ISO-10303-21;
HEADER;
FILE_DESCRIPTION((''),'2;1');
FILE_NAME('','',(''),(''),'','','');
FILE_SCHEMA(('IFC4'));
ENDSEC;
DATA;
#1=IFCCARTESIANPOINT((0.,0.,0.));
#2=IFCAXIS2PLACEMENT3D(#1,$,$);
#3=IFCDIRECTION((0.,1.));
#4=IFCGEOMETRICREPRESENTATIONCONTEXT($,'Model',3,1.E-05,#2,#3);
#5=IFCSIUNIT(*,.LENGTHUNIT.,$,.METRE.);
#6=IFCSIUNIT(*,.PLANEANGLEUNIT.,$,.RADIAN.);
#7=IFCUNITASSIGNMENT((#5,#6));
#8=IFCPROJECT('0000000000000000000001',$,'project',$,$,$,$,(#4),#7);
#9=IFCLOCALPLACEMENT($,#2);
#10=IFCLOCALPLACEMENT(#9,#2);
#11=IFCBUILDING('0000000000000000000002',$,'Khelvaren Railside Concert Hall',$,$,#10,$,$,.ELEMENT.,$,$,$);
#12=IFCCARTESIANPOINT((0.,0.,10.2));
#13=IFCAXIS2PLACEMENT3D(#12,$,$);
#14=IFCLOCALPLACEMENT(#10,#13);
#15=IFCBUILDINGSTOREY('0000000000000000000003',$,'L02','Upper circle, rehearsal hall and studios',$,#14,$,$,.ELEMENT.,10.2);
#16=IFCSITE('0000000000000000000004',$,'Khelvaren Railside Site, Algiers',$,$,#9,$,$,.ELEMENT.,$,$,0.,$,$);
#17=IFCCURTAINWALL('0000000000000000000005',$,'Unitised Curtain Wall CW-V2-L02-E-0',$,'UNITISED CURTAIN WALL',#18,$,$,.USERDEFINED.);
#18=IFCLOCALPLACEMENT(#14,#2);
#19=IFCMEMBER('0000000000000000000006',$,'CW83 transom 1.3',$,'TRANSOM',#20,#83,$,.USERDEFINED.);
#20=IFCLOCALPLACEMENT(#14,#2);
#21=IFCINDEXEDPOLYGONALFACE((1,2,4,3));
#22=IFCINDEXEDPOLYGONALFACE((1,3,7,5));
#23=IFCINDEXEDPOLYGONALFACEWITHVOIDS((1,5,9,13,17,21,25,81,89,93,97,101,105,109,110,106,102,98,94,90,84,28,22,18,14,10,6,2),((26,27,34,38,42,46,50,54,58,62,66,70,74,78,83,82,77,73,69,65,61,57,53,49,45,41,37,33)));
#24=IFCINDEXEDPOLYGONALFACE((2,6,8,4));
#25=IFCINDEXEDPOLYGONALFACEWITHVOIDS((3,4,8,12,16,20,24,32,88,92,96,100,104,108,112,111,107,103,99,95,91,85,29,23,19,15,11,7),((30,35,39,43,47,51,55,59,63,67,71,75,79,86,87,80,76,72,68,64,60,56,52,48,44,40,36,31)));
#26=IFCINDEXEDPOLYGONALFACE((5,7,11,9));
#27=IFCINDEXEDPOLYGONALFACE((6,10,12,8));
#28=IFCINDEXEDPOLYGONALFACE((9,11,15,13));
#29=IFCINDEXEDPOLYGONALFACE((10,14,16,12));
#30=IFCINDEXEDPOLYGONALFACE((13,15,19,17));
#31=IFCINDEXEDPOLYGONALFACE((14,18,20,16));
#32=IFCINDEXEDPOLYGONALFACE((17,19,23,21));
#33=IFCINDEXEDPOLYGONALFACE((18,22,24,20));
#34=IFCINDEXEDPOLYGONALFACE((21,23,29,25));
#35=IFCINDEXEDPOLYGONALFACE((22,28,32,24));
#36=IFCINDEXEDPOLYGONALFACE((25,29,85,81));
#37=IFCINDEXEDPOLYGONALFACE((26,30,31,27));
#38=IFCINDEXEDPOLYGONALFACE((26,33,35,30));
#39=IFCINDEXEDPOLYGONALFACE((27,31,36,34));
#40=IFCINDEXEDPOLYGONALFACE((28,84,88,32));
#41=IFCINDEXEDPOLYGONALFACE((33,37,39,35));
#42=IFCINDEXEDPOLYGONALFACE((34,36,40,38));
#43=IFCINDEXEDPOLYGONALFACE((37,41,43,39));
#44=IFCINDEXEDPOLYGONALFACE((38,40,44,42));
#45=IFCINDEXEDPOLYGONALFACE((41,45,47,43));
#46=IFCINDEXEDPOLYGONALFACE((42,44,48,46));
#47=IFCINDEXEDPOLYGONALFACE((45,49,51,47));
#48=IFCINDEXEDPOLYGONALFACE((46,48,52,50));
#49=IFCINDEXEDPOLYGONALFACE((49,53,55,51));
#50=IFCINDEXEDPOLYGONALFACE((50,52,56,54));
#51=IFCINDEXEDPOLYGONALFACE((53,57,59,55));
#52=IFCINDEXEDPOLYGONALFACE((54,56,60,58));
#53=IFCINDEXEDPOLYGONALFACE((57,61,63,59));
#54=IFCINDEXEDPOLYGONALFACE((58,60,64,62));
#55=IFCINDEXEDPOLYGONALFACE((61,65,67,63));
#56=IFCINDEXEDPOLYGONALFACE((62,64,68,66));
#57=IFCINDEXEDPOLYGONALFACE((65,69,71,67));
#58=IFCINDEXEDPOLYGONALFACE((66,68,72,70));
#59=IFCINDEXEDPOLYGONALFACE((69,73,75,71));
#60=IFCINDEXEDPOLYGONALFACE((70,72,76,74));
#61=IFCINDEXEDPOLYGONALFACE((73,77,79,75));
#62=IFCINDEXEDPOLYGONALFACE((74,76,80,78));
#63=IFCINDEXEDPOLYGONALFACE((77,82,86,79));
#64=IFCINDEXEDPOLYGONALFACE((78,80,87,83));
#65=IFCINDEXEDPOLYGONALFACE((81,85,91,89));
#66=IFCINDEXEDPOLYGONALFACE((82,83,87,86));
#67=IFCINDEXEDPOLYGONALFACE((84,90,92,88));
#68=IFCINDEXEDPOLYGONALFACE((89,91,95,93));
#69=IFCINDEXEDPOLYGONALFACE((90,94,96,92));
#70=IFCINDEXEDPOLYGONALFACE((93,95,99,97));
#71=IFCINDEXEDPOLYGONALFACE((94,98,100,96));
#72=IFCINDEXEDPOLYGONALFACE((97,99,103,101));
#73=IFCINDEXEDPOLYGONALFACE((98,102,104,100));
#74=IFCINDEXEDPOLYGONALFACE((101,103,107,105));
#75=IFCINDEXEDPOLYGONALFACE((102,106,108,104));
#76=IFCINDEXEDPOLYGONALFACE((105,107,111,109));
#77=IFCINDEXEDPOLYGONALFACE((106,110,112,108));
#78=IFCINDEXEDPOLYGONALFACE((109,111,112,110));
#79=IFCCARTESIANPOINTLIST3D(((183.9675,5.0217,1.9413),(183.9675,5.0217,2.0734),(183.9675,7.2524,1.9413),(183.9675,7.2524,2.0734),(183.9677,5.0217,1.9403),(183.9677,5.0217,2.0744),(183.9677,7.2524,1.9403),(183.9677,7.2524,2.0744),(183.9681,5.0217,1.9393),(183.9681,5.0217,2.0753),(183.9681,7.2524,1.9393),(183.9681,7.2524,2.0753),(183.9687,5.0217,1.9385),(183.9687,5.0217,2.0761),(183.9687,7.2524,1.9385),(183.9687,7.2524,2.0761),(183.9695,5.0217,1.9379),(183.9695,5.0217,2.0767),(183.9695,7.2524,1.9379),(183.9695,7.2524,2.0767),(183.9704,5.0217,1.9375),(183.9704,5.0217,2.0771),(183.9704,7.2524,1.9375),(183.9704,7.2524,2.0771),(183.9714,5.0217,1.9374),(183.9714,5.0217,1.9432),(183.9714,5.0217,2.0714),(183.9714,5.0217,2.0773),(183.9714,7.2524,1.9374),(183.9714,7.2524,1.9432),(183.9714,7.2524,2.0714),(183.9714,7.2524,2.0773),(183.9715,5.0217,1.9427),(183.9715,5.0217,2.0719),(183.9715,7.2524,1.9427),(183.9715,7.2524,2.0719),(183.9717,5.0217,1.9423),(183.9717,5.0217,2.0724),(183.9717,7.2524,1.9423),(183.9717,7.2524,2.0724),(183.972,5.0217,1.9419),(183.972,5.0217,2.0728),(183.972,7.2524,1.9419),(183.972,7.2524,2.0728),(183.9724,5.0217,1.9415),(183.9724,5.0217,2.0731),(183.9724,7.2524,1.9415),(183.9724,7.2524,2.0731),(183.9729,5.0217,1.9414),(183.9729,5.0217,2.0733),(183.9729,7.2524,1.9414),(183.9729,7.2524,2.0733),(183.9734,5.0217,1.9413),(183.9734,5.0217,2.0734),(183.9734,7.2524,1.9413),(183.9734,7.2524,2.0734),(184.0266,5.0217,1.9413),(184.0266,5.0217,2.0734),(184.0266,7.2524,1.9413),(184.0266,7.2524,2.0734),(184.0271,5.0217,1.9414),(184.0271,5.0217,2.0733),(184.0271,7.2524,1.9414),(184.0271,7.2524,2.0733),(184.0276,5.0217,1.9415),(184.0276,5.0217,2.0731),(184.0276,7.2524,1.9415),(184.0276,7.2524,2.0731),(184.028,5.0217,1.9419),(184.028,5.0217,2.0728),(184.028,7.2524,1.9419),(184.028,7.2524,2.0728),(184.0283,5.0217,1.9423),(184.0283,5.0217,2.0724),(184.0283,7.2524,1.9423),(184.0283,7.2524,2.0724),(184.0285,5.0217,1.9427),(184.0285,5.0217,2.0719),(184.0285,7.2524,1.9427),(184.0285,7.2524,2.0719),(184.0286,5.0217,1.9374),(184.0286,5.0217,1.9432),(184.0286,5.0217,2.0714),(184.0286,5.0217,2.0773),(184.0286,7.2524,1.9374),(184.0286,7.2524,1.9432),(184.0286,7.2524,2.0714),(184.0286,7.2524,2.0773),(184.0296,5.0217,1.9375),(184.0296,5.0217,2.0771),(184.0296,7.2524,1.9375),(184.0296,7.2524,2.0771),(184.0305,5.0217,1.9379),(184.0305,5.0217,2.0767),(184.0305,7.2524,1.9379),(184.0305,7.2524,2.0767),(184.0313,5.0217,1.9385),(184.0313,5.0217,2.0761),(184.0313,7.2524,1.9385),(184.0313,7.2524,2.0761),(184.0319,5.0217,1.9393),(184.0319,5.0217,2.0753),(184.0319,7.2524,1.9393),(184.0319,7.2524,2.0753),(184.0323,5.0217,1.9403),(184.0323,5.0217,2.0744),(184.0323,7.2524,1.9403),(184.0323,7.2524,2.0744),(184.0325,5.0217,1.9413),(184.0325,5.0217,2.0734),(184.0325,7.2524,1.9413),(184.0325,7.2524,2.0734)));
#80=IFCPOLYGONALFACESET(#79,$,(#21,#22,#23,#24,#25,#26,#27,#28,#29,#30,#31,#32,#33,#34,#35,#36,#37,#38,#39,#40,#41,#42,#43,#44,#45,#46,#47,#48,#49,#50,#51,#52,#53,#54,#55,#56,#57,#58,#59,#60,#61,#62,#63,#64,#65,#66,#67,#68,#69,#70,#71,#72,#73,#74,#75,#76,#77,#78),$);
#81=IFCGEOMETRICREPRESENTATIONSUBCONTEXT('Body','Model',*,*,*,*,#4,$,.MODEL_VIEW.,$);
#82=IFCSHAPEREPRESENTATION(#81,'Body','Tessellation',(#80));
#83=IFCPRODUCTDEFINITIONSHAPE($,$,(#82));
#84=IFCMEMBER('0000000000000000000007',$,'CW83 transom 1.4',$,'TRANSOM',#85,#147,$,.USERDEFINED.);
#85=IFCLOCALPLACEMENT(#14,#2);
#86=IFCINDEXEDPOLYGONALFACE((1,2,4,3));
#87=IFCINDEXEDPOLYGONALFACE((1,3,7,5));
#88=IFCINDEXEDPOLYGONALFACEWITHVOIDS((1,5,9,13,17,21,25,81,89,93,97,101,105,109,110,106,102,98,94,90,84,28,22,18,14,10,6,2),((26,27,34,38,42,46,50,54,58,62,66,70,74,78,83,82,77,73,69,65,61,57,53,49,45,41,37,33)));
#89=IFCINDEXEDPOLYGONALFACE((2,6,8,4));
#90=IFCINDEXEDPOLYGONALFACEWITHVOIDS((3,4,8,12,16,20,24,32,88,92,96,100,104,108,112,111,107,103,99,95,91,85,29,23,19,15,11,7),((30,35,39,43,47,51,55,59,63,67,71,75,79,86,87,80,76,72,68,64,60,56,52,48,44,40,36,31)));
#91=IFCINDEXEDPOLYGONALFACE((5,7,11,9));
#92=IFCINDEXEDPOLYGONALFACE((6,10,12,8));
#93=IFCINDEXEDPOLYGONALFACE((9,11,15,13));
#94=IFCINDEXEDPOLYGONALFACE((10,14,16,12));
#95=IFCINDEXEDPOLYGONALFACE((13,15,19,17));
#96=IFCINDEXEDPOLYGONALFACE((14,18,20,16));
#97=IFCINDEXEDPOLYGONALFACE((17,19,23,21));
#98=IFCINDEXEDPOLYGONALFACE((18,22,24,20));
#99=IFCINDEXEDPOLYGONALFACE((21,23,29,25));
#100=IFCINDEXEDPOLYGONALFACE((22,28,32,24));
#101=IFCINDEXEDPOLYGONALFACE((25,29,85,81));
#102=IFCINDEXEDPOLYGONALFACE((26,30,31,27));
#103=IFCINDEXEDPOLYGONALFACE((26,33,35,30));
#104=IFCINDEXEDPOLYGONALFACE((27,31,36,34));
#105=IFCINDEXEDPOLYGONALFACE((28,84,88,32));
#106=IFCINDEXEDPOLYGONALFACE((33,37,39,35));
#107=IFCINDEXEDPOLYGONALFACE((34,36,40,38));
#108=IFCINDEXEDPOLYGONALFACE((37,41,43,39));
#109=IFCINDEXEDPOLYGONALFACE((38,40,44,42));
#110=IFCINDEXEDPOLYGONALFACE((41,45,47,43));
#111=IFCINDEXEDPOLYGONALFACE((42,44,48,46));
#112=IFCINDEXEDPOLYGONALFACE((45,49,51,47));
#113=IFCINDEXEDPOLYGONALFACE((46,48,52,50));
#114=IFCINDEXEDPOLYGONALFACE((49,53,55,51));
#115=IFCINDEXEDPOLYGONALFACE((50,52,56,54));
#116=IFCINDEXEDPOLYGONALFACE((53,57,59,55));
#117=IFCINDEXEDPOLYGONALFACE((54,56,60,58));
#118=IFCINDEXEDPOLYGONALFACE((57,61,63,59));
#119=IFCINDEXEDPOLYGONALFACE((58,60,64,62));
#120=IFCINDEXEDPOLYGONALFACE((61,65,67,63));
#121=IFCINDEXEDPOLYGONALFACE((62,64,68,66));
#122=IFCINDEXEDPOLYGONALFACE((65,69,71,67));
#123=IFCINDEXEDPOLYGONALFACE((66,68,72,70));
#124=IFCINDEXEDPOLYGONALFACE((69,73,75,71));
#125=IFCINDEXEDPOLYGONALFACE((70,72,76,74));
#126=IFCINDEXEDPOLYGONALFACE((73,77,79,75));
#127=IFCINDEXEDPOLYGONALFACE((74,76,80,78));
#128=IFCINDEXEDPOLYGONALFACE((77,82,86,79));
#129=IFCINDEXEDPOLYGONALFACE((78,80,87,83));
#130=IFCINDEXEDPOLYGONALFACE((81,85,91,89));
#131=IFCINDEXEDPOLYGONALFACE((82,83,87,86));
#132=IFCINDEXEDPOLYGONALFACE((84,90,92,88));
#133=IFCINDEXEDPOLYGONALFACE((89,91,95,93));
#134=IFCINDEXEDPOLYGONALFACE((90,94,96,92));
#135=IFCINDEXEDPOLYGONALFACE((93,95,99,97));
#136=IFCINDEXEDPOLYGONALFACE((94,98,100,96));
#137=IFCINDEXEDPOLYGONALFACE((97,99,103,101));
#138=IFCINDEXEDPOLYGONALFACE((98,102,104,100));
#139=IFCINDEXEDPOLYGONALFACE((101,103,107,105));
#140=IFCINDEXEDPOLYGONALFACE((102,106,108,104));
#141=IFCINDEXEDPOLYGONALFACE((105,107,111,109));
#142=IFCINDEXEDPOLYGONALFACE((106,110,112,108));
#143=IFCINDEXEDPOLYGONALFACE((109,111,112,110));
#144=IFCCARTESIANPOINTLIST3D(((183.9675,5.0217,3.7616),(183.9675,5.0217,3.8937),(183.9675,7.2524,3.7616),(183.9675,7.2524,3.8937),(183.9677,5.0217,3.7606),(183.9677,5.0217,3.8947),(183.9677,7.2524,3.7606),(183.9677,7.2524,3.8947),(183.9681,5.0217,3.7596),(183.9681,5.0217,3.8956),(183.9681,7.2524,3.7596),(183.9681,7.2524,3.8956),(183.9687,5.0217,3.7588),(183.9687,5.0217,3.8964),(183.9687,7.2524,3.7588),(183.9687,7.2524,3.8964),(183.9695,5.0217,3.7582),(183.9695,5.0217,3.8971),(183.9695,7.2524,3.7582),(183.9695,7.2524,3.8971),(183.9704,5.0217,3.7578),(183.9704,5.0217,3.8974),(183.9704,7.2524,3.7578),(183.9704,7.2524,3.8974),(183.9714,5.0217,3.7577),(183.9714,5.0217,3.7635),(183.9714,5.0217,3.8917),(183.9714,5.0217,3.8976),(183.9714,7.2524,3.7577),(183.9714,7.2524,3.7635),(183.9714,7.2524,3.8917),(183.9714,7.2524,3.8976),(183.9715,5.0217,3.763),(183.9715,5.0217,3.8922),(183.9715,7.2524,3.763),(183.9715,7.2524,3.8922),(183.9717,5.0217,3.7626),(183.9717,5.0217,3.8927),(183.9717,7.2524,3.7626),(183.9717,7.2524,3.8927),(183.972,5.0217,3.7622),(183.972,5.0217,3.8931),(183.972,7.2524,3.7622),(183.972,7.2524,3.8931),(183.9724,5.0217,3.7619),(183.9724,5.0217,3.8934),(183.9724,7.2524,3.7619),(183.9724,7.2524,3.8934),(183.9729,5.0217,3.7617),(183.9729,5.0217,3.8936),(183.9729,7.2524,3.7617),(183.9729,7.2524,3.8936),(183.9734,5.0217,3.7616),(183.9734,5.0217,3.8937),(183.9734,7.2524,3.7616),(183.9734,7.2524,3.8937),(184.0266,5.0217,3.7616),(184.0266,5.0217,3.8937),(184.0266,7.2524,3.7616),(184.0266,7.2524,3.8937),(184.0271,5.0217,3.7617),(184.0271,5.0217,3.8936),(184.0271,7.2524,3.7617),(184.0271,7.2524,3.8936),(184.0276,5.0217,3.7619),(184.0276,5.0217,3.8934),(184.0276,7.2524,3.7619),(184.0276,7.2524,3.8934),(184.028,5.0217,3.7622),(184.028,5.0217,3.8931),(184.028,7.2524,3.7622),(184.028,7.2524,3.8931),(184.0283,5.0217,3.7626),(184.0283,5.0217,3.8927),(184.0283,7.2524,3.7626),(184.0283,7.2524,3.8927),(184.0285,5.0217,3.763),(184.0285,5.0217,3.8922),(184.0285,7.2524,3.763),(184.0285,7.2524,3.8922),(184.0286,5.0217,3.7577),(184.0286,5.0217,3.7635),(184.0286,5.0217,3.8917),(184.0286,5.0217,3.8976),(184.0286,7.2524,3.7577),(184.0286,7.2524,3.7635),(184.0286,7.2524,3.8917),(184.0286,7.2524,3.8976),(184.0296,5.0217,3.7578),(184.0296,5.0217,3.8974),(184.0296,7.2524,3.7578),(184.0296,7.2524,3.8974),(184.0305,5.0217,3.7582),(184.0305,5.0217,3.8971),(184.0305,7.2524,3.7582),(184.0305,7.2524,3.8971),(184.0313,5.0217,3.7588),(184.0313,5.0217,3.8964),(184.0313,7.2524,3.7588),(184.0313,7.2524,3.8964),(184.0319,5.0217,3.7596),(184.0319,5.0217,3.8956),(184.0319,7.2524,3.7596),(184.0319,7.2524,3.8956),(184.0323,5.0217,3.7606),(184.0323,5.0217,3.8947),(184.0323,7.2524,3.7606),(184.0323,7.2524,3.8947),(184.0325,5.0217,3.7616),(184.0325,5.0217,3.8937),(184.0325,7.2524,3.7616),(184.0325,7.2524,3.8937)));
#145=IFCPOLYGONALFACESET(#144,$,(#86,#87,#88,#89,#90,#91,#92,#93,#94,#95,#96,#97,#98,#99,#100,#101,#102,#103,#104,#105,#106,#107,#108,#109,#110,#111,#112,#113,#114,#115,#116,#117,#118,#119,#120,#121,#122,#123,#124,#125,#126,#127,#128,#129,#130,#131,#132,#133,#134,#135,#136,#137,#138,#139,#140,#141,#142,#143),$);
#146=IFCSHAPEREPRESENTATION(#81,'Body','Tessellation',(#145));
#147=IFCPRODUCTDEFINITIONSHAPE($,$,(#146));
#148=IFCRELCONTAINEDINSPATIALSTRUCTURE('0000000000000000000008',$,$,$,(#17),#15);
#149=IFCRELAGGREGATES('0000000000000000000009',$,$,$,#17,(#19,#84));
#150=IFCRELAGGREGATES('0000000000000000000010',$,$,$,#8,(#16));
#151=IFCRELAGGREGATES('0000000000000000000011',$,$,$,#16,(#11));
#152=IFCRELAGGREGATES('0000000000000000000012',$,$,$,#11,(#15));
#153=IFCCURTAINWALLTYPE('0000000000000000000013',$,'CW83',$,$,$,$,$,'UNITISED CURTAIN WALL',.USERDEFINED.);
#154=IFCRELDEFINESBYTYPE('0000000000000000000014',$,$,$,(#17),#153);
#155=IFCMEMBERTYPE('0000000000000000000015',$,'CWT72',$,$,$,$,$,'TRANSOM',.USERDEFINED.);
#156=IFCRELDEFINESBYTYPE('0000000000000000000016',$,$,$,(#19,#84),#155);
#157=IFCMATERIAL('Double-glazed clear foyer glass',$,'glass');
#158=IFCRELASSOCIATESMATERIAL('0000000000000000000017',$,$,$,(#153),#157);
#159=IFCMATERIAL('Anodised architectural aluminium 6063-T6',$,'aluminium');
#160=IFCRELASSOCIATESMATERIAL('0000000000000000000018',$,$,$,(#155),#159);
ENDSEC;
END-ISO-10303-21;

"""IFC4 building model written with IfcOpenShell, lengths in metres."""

from ifc_helpers import new_model, si_unit, direction, frame, origin, origin_2d, place, context, subcontext, project, spatial, hollow_rectangle, extrude, material, material_profile, profile_set, type_object, element, aggregate, save


model = new_model("IFC4")

# Units and contexts
model_context = context("Model", 3, precision=1e-05, world=origin(), true_north=direction((0.0, 1.0)))
body_context = subcontext(model_context, "Body", "Model", "MODEL_VIEW")
ifc_project = project(units=[si_unit("LENGTHUNIT", "METRE"), si_unit("PLANEANGLEUNIT", "RADIAN")], contexts=[model_context])

# Site, building, storey
site_placement = place(None, origin())
site = spatial("IfcSite", under=ifc_project, at=site_placement, Name="Khelvaren Railside Site, Algiers", CompositionType="ELEMENT", RefElevation=0.0)
building_placement = place(site_placement, origin())
building = spatial("IfcBuilding", under=site, at=building_placement, Name="Khelvaren Railside Concert Hall", CompositionType="ELEMENT")
storey_placement = place(building_placement, frame((0.0, 0.0, 10.2)))
storey = spatial("IfcBuildingStorey", under=building, at=storey_placement, Name="L02", Description="Upper circle, rehearsal hall and studios", CompositionType="ELEMENT", Elevation=10.2)

# Curtain wall
ifc_material_1 = material(Name="Double-glazed clear foyer glass", Category="glass")
curtain_wall_type_1 = type_object("IfcCurtainWallType", Name="CW83", ElementType="UNITISED CURTAIN WALL", PredefinedType="USERDEFINED", material=ifc_material_1)
curtain_wall_1_placement = place(storey_placement, origin())
curtain_wall_1 = element("IfcCurtainWall", 1, at=curtain_wall_1_placement, inside=storey, type_object=curtain_wall_type_1, Name="Unitised Curtain Wall CW-V2-L02-E-0", ObjectType="UNITISED CURTAIN WALL", PredefinedType="USERDEFINED")
ifc_material_2 = material(Name="Anodised architectural aluminium 6063-T6", Category="aluminium")

# Members
ifc_material_profile_1 = material_profile(ifc_material_2, hollow_rectangle(XDim=0.0649, YDim=0.1399, WallThickness=0.0039, InnerFilletRadius=0.002, OuterFilletRadius=0.0039, at=origin_2d()), Name="CWT 65x140x4")
ifc_profile_set_1 = profile_set([ifc_material_profile_1], Name="Anodised architectural aluminium 6063-T6")
member_type_1 = type_object("IfcMemberType", Name="CWT72", ElementType="TRANSOM", PredefinedType="USERDEFINED", material=ifc_profile_set_1)
member_1_placement = place(storey_placement, frame((184.0, 7.2524, 2.0073), z_axis=(0.0, -1.0, 0.0), x_axis=(1.0, 0.0, 0.0)))
member_1 = element("IfcMember", 2, at=member_1_placement, type_object=member_type_1, Name="CW83 transom 1.3", ObjectType="TRANSOM", PredefinedType="USERDEFINED", context=body_context, shape_type="SweptSolid", body=[
    extrude(hollow_rectangle(XDim=0.0649, YDim=0.1399, WallThickness=0.0039, InnerFilletRadius=0.002, OuterFilletRadius=0.0039, at=origin_2d()), origin(), (0.0, 0.0, 1.0), 2.2307),
])
member_2_placement = place(storey_placement, frame((184.0, 7.2524, 3.8276), z_axis=(0.0, -1.0, 0.0), x_axis=(1.0, 0.0, 0.0)))
member_2 = element("IfcMember", 3, at=member_2_placement, type_object=member_type_1, Name="CW83 transom 1.4", ObjectType="TRANSOM", PredefinedType="USERDEFINED", context=body_context, shape_type="SweptSolid", body=[
    extrude(hollow_rectangle(XDim=0.0649, YDim=0.1399, WallThickness=0.0039, InnerFilletRadius=0.002, OuterFilletRadius=0.0039, at=origin_2d()), origin(), (0.0, 0.0, 1.0), 2.2307),
])

aggregate(curtain_wall_1, [member_1, member_2])

save(model, "model.ifc")
